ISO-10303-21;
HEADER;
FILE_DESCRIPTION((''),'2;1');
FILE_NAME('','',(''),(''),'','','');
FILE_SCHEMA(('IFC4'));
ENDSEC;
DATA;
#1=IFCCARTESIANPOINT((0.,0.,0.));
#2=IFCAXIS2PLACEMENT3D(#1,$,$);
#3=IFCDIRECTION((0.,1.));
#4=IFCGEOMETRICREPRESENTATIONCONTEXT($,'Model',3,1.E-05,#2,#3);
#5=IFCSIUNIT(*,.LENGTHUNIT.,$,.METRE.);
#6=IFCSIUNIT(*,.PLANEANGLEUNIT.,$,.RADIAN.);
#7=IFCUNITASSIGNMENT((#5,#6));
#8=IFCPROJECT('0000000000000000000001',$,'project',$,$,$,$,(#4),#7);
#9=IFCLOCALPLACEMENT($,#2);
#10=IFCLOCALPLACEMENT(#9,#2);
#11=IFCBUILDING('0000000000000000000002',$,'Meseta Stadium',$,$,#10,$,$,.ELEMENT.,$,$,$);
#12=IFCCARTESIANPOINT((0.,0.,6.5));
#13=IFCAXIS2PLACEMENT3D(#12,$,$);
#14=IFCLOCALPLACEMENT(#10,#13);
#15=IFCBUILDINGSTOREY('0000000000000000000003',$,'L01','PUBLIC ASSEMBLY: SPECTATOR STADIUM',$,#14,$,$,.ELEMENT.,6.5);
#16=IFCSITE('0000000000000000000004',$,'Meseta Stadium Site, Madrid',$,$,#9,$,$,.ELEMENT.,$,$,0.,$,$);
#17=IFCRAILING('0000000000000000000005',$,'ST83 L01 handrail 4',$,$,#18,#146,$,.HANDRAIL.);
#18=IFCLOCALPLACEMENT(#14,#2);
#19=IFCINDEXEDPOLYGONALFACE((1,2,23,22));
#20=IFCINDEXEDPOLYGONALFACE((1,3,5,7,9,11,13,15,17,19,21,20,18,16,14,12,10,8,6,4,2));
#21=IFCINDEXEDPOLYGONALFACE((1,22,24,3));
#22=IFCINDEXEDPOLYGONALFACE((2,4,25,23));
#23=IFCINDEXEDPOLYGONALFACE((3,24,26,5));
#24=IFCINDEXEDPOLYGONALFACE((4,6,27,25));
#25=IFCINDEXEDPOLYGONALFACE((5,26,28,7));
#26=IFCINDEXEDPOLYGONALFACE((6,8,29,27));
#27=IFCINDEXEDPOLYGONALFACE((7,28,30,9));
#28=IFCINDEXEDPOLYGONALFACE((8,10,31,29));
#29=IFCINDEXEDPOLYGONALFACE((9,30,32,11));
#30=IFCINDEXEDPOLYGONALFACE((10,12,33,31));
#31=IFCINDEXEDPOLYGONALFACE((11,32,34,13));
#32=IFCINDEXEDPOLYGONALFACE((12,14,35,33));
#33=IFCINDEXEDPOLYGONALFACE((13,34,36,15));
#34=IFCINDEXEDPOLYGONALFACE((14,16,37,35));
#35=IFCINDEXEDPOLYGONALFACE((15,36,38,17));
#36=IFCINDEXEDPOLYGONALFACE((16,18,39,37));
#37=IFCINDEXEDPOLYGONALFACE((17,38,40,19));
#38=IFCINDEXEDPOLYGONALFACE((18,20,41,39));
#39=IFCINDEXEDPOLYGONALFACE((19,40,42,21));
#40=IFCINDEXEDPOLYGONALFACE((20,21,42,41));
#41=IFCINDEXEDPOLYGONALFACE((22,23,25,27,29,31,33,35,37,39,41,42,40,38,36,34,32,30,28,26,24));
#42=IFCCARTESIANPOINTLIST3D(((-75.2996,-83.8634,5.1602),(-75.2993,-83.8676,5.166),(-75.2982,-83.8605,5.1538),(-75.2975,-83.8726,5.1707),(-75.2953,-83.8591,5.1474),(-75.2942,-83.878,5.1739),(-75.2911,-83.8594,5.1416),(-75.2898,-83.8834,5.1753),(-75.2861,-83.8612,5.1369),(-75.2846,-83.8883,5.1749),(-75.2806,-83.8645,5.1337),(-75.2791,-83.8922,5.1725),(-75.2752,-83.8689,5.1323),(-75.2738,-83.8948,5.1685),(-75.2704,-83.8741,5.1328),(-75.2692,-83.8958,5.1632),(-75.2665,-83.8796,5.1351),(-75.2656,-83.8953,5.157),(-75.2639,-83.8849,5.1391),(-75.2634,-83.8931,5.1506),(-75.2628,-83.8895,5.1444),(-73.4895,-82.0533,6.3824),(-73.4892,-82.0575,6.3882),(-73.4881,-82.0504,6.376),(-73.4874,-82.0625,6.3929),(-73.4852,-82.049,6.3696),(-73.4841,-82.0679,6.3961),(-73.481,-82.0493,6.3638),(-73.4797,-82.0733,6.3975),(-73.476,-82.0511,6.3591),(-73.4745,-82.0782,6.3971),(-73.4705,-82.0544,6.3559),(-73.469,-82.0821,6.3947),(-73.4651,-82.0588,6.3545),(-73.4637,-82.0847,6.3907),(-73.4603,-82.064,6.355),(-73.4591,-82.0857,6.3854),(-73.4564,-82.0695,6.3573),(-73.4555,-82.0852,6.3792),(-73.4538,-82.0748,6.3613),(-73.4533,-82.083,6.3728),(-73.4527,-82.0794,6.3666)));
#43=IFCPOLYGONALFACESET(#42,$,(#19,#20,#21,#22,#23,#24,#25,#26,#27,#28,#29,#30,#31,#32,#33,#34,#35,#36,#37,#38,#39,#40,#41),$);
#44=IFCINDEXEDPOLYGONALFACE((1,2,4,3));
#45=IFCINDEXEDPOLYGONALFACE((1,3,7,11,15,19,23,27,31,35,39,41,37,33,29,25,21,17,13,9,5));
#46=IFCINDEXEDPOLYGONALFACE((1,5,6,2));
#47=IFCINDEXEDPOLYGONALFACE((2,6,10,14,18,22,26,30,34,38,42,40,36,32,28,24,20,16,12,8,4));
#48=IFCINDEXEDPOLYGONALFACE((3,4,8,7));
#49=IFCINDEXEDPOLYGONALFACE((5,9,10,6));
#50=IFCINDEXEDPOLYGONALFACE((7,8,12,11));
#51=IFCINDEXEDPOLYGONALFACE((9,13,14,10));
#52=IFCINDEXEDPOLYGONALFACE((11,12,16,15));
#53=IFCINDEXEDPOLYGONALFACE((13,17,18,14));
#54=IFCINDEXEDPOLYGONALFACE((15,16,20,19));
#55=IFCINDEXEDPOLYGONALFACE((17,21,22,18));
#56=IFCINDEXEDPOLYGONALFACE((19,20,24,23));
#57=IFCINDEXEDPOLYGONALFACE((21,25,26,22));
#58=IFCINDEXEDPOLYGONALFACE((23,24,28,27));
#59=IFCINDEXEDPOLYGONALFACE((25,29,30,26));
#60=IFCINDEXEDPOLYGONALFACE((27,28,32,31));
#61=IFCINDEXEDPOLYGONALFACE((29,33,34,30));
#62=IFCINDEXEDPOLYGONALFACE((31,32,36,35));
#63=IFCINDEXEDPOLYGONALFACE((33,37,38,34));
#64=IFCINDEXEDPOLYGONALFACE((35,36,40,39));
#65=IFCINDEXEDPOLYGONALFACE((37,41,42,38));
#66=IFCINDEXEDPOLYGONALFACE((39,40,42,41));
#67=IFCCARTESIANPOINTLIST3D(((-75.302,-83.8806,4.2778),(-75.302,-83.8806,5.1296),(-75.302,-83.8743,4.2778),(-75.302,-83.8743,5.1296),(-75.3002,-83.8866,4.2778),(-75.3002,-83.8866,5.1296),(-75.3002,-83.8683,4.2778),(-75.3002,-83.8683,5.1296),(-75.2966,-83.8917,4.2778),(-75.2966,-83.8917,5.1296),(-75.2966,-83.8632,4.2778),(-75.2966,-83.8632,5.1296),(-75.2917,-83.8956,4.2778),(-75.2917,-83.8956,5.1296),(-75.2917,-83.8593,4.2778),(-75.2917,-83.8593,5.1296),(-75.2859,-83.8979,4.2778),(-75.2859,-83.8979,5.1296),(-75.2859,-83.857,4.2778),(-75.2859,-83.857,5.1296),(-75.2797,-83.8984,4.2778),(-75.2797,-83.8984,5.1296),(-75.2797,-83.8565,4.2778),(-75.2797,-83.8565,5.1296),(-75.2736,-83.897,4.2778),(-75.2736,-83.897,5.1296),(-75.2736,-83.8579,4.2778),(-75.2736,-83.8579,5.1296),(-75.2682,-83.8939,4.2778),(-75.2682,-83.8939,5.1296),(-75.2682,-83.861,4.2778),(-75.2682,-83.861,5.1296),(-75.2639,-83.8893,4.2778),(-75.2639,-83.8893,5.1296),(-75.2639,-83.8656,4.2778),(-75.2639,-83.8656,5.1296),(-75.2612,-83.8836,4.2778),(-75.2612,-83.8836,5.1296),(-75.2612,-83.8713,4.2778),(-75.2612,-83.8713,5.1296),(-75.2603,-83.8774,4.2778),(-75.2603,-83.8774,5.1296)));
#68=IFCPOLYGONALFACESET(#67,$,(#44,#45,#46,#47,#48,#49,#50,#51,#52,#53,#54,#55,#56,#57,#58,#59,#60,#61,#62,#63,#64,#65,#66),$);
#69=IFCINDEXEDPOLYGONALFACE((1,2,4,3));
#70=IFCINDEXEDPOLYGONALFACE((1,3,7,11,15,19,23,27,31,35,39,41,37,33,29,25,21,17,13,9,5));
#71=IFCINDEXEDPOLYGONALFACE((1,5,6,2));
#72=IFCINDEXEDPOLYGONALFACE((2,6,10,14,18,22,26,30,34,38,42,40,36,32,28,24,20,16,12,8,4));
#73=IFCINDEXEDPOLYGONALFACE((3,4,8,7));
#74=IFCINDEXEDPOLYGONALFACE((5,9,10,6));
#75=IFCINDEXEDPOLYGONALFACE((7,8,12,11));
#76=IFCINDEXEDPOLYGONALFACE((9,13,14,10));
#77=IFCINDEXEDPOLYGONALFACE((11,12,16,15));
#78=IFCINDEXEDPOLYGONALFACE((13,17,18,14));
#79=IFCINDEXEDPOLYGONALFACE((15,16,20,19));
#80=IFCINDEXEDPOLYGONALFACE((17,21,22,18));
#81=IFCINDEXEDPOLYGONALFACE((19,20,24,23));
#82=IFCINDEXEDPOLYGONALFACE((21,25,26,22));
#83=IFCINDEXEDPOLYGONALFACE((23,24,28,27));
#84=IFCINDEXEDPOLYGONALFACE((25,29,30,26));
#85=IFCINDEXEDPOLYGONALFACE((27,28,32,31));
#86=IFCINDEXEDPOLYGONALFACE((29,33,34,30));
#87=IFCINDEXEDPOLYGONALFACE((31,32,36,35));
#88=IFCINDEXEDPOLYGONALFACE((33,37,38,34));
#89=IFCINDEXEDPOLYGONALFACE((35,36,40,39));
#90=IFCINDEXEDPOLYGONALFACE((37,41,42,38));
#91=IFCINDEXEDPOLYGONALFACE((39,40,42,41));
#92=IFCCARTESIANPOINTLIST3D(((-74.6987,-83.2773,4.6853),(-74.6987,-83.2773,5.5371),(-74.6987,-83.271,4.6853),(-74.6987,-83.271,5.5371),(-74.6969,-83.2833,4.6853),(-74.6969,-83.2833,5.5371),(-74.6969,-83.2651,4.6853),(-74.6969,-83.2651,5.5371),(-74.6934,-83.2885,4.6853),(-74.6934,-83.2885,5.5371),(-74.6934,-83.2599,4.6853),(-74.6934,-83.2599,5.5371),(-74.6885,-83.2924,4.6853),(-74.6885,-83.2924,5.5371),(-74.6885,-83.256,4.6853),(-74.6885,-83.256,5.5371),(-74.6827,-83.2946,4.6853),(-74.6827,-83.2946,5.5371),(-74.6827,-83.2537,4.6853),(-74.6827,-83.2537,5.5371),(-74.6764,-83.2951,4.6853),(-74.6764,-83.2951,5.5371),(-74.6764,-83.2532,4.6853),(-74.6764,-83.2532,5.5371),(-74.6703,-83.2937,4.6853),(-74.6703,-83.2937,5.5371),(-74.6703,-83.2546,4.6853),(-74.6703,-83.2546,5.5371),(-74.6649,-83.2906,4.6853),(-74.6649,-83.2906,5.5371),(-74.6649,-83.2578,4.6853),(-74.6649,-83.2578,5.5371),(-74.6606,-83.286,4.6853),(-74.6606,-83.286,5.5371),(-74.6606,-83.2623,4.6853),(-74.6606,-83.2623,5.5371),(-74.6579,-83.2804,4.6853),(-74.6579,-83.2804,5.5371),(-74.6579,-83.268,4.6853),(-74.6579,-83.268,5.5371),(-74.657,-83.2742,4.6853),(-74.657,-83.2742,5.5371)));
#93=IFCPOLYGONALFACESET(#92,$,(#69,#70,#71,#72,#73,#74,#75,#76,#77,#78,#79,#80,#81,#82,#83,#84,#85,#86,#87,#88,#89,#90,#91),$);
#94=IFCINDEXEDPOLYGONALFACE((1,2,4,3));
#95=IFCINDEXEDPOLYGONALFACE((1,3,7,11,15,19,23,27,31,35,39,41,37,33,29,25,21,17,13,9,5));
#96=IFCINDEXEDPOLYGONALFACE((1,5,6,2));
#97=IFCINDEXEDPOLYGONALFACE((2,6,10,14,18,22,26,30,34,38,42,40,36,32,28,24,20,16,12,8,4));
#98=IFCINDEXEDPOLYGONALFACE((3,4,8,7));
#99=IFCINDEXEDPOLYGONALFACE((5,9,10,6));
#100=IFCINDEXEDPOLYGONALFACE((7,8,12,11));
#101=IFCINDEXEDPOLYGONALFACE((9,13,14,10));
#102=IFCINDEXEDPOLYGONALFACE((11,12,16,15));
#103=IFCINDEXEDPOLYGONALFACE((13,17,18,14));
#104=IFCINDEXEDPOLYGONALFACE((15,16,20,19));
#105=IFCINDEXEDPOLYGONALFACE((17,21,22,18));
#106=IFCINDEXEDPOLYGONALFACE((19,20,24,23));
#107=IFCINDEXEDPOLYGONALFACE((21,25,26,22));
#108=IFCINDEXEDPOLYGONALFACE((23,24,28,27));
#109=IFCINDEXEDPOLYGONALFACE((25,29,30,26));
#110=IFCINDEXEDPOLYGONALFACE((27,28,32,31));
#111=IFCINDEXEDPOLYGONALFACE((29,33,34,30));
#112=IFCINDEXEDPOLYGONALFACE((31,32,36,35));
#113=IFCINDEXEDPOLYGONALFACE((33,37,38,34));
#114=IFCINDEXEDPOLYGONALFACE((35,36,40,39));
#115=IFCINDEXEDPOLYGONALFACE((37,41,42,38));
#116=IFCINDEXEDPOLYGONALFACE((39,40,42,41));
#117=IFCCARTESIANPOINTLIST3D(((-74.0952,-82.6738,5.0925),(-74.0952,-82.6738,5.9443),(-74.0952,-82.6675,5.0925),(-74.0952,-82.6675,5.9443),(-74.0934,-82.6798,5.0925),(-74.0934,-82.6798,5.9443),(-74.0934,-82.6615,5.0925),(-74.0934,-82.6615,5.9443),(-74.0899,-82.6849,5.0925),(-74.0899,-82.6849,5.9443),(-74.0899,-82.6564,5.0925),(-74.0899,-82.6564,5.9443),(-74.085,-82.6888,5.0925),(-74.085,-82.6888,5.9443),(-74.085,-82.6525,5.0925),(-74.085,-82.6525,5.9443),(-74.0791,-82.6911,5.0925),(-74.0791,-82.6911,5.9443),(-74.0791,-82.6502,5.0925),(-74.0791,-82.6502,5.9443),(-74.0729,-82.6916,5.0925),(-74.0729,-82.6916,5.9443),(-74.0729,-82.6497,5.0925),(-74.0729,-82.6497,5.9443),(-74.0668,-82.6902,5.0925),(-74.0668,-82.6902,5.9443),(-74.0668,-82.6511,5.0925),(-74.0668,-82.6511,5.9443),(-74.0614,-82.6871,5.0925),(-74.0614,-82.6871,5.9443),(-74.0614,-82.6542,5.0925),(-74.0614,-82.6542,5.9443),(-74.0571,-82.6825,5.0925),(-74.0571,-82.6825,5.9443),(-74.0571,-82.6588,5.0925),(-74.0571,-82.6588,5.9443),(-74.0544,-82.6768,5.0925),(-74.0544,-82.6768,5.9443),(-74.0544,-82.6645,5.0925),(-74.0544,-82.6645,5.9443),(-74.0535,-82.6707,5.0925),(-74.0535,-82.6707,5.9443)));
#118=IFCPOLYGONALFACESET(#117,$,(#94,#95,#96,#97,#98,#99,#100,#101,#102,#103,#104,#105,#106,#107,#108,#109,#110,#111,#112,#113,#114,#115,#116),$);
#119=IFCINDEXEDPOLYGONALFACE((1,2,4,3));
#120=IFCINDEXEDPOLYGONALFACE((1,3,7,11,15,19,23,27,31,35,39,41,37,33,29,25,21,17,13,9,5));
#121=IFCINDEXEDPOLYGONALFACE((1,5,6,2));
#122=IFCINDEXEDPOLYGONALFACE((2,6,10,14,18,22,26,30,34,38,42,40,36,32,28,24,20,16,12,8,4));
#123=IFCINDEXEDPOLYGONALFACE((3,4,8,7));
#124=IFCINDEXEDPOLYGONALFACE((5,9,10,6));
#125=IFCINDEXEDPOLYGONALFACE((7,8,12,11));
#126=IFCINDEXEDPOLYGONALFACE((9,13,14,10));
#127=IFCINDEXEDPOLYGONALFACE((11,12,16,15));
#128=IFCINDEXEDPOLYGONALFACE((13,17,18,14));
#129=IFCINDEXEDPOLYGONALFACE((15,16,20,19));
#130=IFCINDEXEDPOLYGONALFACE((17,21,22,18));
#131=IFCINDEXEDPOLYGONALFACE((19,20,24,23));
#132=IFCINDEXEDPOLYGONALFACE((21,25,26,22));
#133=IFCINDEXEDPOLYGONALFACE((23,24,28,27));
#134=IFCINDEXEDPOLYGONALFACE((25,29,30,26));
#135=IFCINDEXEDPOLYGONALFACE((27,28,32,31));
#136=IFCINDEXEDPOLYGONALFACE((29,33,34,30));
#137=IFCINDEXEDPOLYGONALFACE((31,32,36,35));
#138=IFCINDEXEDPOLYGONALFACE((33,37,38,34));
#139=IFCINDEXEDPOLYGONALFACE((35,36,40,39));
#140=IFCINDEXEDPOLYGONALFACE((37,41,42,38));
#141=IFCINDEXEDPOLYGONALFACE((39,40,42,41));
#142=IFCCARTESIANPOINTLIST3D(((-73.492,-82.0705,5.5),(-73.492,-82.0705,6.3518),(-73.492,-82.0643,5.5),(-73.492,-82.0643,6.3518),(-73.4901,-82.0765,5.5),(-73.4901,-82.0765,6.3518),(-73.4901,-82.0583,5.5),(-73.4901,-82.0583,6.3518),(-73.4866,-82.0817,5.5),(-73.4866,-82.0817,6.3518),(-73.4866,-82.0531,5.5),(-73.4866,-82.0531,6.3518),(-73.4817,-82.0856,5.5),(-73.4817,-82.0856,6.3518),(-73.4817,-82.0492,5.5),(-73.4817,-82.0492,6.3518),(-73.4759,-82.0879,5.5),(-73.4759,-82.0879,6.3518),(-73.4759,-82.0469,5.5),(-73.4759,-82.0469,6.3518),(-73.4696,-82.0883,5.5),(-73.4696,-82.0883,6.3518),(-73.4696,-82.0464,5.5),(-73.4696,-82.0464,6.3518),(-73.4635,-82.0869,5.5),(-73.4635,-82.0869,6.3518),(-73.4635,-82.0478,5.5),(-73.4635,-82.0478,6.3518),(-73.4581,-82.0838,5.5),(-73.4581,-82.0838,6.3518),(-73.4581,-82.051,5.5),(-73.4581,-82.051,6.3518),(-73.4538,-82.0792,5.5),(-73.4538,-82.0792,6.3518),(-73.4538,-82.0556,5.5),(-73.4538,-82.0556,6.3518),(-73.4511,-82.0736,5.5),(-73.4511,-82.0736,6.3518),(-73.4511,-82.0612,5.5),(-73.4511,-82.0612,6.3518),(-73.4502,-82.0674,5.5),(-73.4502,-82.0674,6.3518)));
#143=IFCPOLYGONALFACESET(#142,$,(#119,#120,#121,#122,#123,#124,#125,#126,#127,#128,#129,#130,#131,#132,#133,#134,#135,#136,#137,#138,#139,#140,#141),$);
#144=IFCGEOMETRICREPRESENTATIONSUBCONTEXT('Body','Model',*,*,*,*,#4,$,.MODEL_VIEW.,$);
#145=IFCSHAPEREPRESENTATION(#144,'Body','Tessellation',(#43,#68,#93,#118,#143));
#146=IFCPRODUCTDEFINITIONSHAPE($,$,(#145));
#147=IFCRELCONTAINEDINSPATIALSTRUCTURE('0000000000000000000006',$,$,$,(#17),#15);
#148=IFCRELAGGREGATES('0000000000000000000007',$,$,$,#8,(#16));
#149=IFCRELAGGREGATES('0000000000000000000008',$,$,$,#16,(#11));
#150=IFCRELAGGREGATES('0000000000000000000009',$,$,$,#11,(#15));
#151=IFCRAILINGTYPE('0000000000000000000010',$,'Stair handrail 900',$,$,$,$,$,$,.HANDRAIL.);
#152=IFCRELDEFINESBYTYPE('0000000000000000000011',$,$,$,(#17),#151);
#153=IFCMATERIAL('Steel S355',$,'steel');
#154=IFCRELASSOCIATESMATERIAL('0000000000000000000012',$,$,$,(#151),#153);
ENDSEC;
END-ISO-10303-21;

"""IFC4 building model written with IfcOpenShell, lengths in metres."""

from ifc_helpers import new_model, si_unit, direction, frame, origin, origin_2d, place, context, subcontext, project, spatial, circle, extrude, material, type_object, element, save


model = new_model("IFC4")

# Units and contexts
model_context = context("Model", 3, precision=1e-05, world=origin(), true_north=direction((0.0, 1.0)))
body_context = subcontext(model_context, "Body", "Model", "MODEL_VIEW")
ifc_project = project(units=[si_unit("LENGTHUNIT", "METRE"), si_unit("PLANEANGLEUNIT", "RADIAN")], contexts=[model_context])

# Site, building, storey
site_placement = place(None, origin())
site = spatial("IfcSite", under=ifc_project, at=site_placement, Name="Meseta Stadium Site, Madrid", CompositionType="ELEMENT", RefElevation=0.0)
building_placement = place(site_placement, origin())
building = spatial("IfcBuilding", under=site, at=building_placement, Name="Meseta Stadium", CompositionType="ELEMENT")
storey_placement = place(building_placement, frame((0.0, 0.0, 6.5)))
storey = spatial("IfcBuildingStorey", under=building, at=storey_placement, Name="L01", Description="PUBLIC ASSEMBLY: SPECTATOR STADIUM", CompositionType="ELEMENT", Elevation=6.5)

# Railing
ifc_material_1 = material(Name="Steel S355", Category="steel")
railing_type_1 = type_object("IfcRailingType", Name="Stair handrail 900", PredefinedType="HANDRAIL", material=ifc_material_1)
for number, where, name in (
    (1, (-75.2812, -83.8774, 4.2778), "ST83 L01 handrail 4"),
):
    element("IfcRailing", number, at=place(storey_placement, frame(where)), inside=storey, type_object=railing_type_1, Name=name, PredefinedType="HANDRAIL", context=body_context, shape_type="SweptSolid", body=[
        extrude(circle(Radius=0.0239, at=origin_2d()), frame((0.0, 0.0, 0.876), z_axis=(0.638108, 0.638108, 0.430856), x_axis=(-0.707107, 0.707107, 0.0)), (0.0, 0.0, 1.0), 2.8367),
        extrude(circle(Radius=0.021, at=origin_2d()), origin(), (0.0, 0.0, 1.0), 0.8518),
        extrude(circle(Radius=0.021, at=origin_2d()), frame((0.6033, 0.6033, 0.4075)), (0.0, 0.0, 1.0), 0.8518),
        extrude(circle(Radius=0.021, at=origin_2d()), frame((1.2068, 1.2068, 0.8147)), (0.0, 0.0, 1.0), 0.8518),
        extrude(circle(Radius=0.021, at=origin_2d()), frame((1.8101, 1.8101, 1.2222)), (0.0, 0.0, 1.0), 0.8518),
    ])

save(model, "model.ifc")
